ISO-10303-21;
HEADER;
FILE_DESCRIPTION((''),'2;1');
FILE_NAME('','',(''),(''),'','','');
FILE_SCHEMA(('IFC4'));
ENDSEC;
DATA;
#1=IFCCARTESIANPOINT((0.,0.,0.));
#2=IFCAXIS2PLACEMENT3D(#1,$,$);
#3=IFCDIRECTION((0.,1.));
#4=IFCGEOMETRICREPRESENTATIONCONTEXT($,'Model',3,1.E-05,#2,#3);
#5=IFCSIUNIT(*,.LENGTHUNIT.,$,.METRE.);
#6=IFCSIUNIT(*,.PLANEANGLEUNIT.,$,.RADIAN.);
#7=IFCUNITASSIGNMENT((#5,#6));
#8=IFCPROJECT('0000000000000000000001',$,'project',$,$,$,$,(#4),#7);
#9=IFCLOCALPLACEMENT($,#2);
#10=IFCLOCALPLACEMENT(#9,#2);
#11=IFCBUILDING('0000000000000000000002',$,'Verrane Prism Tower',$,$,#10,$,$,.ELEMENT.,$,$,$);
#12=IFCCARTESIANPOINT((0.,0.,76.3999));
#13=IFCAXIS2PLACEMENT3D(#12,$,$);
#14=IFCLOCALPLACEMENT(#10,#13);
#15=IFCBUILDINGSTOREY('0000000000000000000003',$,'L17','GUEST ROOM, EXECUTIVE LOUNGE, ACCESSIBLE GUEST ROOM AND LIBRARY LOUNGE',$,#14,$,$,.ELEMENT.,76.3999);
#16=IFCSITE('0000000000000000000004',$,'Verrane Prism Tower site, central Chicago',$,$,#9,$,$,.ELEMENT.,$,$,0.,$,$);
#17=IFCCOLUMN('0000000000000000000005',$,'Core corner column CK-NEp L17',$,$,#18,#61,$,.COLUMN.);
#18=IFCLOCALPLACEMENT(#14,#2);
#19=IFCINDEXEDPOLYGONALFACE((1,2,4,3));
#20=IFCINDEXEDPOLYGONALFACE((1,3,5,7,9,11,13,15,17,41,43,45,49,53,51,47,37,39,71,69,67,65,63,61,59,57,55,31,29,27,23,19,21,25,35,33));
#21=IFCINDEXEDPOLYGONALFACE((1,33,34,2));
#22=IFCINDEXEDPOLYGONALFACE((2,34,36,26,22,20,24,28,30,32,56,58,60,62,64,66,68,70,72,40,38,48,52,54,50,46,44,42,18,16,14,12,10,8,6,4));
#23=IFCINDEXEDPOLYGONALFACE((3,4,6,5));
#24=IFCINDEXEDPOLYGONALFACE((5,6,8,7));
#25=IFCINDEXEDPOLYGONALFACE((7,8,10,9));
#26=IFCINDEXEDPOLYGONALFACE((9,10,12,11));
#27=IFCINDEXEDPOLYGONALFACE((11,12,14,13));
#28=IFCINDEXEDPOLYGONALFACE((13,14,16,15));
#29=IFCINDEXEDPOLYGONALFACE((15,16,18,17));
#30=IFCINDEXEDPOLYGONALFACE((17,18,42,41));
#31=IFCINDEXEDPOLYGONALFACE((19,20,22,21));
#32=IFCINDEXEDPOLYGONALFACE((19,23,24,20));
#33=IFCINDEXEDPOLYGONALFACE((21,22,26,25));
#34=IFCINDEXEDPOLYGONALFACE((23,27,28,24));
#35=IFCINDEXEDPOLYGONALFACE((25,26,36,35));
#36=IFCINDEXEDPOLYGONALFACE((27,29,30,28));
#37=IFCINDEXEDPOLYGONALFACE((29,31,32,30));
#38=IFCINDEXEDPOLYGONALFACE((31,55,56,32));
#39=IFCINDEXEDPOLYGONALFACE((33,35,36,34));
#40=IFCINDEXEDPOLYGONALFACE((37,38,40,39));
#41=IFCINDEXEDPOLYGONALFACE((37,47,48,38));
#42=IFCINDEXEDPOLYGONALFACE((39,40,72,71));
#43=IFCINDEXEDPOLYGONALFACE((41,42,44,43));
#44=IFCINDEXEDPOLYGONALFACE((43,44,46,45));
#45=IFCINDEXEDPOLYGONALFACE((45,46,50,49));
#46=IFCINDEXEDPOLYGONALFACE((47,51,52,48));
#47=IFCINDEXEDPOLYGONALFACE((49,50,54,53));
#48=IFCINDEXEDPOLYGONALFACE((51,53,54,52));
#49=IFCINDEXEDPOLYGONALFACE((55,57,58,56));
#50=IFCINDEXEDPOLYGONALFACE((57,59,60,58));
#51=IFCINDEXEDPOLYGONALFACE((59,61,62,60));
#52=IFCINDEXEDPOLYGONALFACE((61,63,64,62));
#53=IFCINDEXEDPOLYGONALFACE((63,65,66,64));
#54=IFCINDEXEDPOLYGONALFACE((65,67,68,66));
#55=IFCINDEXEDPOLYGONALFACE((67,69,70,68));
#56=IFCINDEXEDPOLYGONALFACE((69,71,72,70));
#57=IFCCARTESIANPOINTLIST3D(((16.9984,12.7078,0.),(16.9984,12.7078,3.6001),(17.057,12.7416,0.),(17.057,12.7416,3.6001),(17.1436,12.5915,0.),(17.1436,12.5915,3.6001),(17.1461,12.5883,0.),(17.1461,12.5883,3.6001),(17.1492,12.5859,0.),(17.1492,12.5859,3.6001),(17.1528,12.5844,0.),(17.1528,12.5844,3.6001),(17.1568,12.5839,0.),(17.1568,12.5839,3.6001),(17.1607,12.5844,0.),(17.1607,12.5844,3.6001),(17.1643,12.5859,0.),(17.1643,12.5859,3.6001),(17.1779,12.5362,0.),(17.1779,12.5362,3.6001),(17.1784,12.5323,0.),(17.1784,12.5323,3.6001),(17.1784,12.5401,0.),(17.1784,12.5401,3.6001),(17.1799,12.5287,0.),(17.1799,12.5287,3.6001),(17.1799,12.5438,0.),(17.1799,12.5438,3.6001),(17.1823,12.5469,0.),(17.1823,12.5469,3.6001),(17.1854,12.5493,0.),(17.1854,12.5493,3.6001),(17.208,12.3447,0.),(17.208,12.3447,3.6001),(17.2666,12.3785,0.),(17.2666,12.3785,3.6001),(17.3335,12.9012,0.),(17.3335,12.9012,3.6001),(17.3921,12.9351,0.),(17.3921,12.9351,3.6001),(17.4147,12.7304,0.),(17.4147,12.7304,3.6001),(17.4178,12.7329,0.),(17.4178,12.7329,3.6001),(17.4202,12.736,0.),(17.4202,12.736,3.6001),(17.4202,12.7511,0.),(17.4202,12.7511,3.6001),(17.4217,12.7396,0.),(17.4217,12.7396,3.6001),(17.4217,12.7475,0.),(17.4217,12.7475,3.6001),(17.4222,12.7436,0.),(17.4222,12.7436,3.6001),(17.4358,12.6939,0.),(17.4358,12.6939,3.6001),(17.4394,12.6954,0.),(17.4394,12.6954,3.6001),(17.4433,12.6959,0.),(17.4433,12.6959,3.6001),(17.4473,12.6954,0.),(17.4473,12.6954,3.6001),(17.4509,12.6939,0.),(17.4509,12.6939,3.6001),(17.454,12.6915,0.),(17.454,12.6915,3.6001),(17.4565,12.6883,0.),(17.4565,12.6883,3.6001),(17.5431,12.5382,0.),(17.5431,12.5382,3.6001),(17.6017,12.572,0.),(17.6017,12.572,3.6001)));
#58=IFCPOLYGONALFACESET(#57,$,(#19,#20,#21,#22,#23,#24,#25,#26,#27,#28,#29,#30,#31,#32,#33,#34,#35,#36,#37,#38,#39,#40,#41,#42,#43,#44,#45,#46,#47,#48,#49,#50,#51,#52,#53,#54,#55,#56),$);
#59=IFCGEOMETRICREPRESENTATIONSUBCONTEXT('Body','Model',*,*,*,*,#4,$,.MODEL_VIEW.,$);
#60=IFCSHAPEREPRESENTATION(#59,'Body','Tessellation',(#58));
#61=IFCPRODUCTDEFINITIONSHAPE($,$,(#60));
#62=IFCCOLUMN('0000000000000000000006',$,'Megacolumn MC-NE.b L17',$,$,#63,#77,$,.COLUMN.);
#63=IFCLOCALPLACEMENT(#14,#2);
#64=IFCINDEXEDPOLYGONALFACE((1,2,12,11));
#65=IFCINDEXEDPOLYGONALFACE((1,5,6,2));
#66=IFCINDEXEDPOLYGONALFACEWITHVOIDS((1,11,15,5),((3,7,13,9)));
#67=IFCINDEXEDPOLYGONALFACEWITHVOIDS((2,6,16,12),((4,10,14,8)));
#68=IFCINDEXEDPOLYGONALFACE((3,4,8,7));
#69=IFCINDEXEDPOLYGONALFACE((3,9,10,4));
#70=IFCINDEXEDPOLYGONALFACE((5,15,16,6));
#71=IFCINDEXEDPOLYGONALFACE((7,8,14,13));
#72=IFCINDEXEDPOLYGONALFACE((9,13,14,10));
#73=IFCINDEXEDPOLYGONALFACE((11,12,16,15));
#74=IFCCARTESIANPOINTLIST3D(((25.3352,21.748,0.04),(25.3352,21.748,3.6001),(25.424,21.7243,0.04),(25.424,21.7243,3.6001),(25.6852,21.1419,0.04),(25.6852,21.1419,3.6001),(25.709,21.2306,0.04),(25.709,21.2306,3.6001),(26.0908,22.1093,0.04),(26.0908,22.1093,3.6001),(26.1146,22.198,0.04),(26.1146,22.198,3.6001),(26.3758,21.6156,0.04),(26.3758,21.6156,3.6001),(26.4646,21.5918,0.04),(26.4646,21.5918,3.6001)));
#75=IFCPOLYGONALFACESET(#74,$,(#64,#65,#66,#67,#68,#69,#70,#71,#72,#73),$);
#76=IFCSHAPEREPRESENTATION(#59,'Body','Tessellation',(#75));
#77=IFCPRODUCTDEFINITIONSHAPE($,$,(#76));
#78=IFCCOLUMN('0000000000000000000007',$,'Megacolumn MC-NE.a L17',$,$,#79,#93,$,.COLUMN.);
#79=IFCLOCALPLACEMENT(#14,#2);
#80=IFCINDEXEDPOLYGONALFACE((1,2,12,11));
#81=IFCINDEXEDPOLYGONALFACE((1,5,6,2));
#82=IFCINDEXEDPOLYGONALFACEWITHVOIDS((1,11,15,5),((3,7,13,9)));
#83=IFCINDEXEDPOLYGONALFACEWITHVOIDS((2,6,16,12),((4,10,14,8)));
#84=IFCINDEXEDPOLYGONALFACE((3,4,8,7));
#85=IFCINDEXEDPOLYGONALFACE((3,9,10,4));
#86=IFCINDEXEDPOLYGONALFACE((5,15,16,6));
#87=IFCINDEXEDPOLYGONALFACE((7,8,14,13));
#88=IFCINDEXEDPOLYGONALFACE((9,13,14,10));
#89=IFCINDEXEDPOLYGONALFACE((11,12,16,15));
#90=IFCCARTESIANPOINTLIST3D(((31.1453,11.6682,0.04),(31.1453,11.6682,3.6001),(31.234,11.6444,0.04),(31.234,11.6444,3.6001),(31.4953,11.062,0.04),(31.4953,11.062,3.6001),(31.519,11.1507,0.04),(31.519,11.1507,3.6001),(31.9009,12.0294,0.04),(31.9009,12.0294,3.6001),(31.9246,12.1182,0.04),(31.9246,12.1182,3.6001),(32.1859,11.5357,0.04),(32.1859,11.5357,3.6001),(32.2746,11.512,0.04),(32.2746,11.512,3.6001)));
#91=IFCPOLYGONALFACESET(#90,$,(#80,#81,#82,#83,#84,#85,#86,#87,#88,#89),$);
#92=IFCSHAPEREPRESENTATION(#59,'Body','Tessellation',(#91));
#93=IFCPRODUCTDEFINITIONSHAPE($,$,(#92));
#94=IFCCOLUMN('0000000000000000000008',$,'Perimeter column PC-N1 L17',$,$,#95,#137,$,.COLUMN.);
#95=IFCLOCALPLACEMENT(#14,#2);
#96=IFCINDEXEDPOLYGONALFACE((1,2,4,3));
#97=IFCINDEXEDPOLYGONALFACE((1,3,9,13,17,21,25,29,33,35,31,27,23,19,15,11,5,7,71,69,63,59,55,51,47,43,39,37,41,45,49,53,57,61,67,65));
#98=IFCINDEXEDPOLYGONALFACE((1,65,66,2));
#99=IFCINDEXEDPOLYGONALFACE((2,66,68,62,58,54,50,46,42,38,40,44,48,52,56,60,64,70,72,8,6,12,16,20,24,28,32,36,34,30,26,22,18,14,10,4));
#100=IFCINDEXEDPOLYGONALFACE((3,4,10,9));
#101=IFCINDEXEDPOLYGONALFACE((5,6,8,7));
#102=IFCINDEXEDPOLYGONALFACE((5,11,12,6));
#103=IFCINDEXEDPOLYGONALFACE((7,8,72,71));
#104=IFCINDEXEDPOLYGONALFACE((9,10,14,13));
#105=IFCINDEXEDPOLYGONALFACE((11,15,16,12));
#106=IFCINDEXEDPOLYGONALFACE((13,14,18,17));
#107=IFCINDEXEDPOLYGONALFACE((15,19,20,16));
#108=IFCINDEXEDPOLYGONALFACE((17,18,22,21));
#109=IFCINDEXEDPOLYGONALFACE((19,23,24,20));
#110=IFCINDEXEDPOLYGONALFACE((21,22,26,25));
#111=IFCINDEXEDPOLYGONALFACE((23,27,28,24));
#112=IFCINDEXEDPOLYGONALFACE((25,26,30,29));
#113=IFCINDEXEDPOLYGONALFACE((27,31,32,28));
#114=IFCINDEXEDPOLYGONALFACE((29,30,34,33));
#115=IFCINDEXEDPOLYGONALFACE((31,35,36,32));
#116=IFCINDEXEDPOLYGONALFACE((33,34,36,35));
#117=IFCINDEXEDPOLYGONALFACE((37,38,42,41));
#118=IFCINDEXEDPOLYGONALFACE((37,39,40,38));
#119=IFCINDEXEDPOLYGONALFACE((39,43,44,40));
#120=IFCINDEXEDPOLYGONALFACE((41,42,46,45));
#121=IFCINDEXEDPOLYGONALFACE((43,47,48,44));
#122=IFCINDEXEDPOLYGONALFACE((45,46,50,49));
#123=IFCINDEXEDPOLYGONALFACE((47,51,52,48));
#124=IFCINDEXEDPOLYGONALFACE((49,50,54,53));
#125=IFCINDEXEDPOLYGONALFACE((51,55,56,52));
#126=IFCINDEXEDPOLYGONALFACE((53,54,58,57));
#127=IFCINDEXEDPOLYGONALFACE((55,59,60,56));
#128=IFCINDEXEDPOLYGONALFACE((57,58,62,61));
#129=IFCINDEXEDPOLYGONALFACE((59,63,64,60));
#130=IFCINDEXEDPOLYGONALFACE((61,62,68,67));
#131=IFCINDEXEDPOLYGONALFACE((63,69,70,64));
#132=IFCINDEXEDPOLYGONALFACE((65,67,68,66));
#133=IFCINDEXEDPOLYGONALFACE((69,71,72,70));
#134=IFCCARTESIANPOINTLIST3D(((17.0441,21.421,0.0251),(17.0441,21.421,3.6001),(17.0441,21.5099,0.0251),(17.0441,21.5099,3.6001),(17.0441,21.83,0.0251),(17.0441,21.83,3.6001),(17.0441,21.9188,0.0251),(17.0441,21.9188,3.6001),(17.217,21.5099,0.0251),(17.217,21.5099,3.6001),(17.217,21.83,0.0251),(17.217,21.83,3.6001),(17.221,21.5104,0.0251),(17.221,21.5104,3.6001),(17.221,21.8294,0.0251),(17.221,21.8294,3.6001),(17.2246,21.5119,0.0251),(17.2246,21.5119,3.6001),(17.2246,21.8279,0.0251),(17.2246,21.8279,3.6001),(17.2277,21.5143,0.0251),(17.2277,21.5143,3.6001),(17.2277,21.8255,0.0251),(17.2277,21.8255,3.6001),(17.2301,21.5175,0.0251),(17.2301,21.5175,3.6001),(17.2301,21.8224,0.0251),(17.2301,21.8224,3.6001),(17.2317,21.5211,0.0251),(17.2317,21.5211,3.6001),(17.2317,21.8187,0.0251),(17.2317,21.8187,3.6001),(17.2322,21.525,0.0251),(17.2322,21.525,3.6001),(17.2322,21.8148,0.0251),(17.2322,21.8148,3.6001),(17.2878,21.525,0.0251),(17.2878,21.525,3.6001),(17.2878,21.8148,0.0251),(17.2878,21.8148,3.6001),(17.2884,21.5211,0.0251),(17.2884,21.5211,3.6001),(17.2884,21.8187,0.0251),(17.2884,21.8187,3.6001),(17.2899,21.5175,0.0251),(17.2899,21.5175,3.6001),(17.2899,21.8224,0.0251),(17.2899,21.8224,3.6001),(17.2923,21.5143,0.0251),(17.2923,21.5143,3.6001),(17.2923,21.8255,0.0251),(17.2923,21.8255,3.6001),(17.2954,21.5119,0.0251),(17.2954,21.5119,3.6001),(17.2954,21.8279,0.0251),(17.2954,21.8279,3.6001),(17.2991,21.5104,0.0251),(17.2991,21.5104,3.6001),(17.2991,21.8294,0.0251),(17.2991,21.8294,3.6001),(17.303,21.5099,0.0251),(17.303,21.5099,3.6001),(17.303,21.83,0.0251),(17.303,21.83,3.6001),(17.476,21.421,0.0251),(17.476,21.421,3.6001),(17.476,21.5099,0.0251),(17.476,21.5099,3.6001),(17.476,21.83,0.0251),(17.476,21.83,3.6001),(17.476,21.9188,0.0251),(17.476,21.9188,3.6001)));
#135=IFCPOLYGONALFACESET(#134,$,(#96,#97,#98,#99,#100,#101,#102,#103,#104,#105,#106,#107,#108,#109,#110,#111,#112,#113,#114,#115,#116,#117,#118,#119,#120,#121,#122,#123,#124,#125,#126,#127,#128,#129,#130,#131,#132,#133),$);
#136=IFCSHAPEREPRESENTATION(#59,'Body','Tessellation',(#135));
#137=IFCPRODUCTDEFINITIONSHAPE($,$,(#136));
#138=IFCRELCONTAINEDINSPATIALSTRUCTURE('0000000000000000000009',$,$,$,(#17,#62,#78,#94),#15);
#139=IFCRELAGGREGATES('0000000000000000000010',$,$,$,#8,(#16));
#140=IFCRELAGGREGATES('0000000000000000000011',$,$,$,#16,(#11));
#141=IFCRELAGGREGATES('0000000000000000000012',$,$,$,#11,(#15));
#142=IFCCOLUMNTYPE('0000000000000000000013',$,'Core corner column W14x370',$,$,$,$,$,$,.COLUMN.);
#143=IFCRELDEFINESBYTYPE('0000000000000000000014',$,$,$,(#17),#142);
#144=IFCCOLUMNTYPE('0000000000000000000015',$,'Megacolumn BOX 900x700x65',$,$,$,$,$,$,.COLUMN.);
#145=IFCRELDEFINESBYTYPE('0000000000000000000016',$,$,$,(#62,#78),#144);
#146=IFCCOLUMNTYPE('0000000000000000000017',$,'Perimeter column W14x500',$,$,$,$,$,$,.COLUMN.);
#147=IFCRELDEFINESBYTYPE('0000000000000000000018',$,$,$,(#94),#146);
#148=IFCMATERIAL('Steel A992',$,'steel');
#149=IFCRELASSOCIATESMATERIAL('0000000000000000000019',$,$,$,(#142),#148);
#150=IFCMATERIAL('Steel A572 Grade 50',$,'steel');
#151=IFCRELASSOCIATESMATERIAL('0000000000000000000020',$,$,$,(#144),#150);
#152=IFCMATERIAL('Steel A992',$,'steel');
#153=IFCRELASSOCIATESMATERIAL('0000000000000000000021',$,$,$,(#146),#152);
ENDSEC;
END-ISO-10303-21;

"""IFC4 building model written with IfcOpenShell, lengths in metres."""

from ifc_helpers import new_model, si_unit, direction, frame, origin, origin_2d, place, context, subcontext, project, spatial, hollow_rectangle, i_section, extrude, material, material_profile, profile_set, type_object, element, save


model = new_model("IFC4")

# Units and contexts
model_context = context("Model", 3, precision=1e-05, world=origin(), true_north=direction((0.0, 1.0)))
body_context = subcontext(model_context, "Body", "Model", "MODEL_VIEW")
ifc_project = project(units=[si_unit("LENGTHUNIT", "METRE"), si_unit("PLANEANGLEUNIT", "RADIAN")], contexts=[model_context])

# Site, building, storey
site_placement = place(None, origin())
site = spatial("IfcSite", under=ifc_project, at=site_placement, Name="Verrane Prism Tower site, central Chicago", CompositionType="ELEMENT", RefElevation=0.0)
building_placement = place(site_placement, origin())
building = spatial("IfcBuilding", under=site, at=building_placement, Name="Verrane Prism Tower", CompositionType="ELEMENT")
storey_placement = place(building_placement, frame((0.0, 0.0, 76.3999)))
storey = spatial("IfcBuildingStorey", under=building, at=storey_placement, Name="L17", Description="GUEST ROOM, EXECUTIVE LOUNGE, ACCESSIBLE GUEST ROOM AND LIBRARY LOUNGE", CompositionType="ELEMENT", Elevation=76.3999)

# Columns
ifc_material_1 = material(Name="Steel A992", Category="steel")
ifc_material_profile_1 = material_profile(ifc_material_1, i_section(OverallWidth=0.4192, OverallDepth=0.4546, WebThickness=0.0422, FlangeThickness=0.0676, FilletRadius=0.0151, at=origin_2d()), Name="W14x370")
ifc_profile_set_1 = profile_set([ifc_material_profile_1], Name="Steel A992")
column_type_1 = type_object("IfcColumnType", Name="Core corner column W14x370", PredefinedType="COLUMN", material=ifc_profile_set_1)
column_1_placement = place(storey_placement, frame((17.3, 12.6399, 0.0), z_axis=(0.0, 0.0, 1.0), x_axis=(0.5, -0.866025, 0.0)))
element("IfcColumn", 1, at=column_1_placement, inside=storey, type_object=column_type_1, Name="Core corner column CK-NEp L17", PredefinedType="COLUMN", context=body_context, shape_type="SweptSolid", body=[
    extrude(i_section(OverallWidth=0.4192, OverallDepth=0.4546, WebThickness=0.0422, FlangeThickness=0.0676, FilletRadius=0.0151, at=origin_2d()), origin(), (0.0, 0.0, 1.0), 3.6001),
])
ifc_material_2 = material(Name="Steel A572 Grade 50", Category="steel")
ifc_material_profile_2 = material_profile(ifc_material_2, hollow_rectangle(XDim=0.7, YDim=0.8999, WallThickness=0.0649, at=origin_2d()), Name="BOX 900x700x65")
ifc_profile_set_2 = profile_set([ifc_material_profile_2], Name="Steel A572 Grade 50")
column_type_2 = type_object("IfcColumnType", Name="Megacolumn BOX 900x700x65", PredefinedType="COLUMN", material=ifc_profile_set_2)
for number, where, z_axis, x_axis, name in (
    (2, (25.8999, 21.6699, 0.04), (0.0, 0.0, 1.0), (0.5, -0.866025, 0.0), "Megacolumn MC-NE.b L17"),
    (3, (31.71, 11.5901, 0.04), (0.0, 0.0, 1.0), (0.5, -0.866025, 0.0), "Megacolumn MC-NE.a L17"),
):
    element("IfcColumn", number, at=place(storey_placement, frame(where, z_axis=z_axis, x_axis=x_axis)), inside=storey, type_object=column_type_2, Name=name, PredefinedType="COLUMN", context=body_context, shape_type="SweptSolid", body=[
        extrude(hollow_rectangle(XDim=0.7, YDim=0.8999, WallThickness=0.0649, at=origin_2d()), origin(), (0.0, 0.0, 1.0), 3.5601),
    ])
ifc_material_3 = material(Name="Steel A992", Category="steel")
ifc_material_profile_3 = material_profile(ifc_material_3, i_section(OverallWidth=0.4319, OverallDepth=0.4978, WebThickness=0.0557, FlangeThickness=0.0889, FilletRadius=0.0151, at=origin_2d()), Name="W14x500")
ifc_profile_set_3 = profile_set([ifc_material_profile_3], Name="Steel A992")
column_type_3 = type_object("IfcColumnType", Name="Perimeter column W14x500", PredefinedType="COLUMN", material=ifc_profile_set_3)
column_2_placement = place(storey_placement, frame((17.26, 21.6699, 0.0251), z_axis=(0.0, 0.0, 1.0), x_axis=(1.0, 0.0, 0.0)))
element("IfcColumn", 4, at=column_2_placement, inside=storey, type_object=column_type_3, Name="Perimeter column PC-N1 L17", PredefinedType="COLUMN", context=body_context, shape_type="SweptSolid", body=[
    extrude(i_section(OverallWidth=0.4319, OverallDepth=0.4978, WebThickness=0.0557, FlangeThickness=0.0889, FilletRadius=0.0151, at=origin_2d()), origin(), (0.0, 0.0, 1.0), 3.575),
])

save(model, "model.ifc")
